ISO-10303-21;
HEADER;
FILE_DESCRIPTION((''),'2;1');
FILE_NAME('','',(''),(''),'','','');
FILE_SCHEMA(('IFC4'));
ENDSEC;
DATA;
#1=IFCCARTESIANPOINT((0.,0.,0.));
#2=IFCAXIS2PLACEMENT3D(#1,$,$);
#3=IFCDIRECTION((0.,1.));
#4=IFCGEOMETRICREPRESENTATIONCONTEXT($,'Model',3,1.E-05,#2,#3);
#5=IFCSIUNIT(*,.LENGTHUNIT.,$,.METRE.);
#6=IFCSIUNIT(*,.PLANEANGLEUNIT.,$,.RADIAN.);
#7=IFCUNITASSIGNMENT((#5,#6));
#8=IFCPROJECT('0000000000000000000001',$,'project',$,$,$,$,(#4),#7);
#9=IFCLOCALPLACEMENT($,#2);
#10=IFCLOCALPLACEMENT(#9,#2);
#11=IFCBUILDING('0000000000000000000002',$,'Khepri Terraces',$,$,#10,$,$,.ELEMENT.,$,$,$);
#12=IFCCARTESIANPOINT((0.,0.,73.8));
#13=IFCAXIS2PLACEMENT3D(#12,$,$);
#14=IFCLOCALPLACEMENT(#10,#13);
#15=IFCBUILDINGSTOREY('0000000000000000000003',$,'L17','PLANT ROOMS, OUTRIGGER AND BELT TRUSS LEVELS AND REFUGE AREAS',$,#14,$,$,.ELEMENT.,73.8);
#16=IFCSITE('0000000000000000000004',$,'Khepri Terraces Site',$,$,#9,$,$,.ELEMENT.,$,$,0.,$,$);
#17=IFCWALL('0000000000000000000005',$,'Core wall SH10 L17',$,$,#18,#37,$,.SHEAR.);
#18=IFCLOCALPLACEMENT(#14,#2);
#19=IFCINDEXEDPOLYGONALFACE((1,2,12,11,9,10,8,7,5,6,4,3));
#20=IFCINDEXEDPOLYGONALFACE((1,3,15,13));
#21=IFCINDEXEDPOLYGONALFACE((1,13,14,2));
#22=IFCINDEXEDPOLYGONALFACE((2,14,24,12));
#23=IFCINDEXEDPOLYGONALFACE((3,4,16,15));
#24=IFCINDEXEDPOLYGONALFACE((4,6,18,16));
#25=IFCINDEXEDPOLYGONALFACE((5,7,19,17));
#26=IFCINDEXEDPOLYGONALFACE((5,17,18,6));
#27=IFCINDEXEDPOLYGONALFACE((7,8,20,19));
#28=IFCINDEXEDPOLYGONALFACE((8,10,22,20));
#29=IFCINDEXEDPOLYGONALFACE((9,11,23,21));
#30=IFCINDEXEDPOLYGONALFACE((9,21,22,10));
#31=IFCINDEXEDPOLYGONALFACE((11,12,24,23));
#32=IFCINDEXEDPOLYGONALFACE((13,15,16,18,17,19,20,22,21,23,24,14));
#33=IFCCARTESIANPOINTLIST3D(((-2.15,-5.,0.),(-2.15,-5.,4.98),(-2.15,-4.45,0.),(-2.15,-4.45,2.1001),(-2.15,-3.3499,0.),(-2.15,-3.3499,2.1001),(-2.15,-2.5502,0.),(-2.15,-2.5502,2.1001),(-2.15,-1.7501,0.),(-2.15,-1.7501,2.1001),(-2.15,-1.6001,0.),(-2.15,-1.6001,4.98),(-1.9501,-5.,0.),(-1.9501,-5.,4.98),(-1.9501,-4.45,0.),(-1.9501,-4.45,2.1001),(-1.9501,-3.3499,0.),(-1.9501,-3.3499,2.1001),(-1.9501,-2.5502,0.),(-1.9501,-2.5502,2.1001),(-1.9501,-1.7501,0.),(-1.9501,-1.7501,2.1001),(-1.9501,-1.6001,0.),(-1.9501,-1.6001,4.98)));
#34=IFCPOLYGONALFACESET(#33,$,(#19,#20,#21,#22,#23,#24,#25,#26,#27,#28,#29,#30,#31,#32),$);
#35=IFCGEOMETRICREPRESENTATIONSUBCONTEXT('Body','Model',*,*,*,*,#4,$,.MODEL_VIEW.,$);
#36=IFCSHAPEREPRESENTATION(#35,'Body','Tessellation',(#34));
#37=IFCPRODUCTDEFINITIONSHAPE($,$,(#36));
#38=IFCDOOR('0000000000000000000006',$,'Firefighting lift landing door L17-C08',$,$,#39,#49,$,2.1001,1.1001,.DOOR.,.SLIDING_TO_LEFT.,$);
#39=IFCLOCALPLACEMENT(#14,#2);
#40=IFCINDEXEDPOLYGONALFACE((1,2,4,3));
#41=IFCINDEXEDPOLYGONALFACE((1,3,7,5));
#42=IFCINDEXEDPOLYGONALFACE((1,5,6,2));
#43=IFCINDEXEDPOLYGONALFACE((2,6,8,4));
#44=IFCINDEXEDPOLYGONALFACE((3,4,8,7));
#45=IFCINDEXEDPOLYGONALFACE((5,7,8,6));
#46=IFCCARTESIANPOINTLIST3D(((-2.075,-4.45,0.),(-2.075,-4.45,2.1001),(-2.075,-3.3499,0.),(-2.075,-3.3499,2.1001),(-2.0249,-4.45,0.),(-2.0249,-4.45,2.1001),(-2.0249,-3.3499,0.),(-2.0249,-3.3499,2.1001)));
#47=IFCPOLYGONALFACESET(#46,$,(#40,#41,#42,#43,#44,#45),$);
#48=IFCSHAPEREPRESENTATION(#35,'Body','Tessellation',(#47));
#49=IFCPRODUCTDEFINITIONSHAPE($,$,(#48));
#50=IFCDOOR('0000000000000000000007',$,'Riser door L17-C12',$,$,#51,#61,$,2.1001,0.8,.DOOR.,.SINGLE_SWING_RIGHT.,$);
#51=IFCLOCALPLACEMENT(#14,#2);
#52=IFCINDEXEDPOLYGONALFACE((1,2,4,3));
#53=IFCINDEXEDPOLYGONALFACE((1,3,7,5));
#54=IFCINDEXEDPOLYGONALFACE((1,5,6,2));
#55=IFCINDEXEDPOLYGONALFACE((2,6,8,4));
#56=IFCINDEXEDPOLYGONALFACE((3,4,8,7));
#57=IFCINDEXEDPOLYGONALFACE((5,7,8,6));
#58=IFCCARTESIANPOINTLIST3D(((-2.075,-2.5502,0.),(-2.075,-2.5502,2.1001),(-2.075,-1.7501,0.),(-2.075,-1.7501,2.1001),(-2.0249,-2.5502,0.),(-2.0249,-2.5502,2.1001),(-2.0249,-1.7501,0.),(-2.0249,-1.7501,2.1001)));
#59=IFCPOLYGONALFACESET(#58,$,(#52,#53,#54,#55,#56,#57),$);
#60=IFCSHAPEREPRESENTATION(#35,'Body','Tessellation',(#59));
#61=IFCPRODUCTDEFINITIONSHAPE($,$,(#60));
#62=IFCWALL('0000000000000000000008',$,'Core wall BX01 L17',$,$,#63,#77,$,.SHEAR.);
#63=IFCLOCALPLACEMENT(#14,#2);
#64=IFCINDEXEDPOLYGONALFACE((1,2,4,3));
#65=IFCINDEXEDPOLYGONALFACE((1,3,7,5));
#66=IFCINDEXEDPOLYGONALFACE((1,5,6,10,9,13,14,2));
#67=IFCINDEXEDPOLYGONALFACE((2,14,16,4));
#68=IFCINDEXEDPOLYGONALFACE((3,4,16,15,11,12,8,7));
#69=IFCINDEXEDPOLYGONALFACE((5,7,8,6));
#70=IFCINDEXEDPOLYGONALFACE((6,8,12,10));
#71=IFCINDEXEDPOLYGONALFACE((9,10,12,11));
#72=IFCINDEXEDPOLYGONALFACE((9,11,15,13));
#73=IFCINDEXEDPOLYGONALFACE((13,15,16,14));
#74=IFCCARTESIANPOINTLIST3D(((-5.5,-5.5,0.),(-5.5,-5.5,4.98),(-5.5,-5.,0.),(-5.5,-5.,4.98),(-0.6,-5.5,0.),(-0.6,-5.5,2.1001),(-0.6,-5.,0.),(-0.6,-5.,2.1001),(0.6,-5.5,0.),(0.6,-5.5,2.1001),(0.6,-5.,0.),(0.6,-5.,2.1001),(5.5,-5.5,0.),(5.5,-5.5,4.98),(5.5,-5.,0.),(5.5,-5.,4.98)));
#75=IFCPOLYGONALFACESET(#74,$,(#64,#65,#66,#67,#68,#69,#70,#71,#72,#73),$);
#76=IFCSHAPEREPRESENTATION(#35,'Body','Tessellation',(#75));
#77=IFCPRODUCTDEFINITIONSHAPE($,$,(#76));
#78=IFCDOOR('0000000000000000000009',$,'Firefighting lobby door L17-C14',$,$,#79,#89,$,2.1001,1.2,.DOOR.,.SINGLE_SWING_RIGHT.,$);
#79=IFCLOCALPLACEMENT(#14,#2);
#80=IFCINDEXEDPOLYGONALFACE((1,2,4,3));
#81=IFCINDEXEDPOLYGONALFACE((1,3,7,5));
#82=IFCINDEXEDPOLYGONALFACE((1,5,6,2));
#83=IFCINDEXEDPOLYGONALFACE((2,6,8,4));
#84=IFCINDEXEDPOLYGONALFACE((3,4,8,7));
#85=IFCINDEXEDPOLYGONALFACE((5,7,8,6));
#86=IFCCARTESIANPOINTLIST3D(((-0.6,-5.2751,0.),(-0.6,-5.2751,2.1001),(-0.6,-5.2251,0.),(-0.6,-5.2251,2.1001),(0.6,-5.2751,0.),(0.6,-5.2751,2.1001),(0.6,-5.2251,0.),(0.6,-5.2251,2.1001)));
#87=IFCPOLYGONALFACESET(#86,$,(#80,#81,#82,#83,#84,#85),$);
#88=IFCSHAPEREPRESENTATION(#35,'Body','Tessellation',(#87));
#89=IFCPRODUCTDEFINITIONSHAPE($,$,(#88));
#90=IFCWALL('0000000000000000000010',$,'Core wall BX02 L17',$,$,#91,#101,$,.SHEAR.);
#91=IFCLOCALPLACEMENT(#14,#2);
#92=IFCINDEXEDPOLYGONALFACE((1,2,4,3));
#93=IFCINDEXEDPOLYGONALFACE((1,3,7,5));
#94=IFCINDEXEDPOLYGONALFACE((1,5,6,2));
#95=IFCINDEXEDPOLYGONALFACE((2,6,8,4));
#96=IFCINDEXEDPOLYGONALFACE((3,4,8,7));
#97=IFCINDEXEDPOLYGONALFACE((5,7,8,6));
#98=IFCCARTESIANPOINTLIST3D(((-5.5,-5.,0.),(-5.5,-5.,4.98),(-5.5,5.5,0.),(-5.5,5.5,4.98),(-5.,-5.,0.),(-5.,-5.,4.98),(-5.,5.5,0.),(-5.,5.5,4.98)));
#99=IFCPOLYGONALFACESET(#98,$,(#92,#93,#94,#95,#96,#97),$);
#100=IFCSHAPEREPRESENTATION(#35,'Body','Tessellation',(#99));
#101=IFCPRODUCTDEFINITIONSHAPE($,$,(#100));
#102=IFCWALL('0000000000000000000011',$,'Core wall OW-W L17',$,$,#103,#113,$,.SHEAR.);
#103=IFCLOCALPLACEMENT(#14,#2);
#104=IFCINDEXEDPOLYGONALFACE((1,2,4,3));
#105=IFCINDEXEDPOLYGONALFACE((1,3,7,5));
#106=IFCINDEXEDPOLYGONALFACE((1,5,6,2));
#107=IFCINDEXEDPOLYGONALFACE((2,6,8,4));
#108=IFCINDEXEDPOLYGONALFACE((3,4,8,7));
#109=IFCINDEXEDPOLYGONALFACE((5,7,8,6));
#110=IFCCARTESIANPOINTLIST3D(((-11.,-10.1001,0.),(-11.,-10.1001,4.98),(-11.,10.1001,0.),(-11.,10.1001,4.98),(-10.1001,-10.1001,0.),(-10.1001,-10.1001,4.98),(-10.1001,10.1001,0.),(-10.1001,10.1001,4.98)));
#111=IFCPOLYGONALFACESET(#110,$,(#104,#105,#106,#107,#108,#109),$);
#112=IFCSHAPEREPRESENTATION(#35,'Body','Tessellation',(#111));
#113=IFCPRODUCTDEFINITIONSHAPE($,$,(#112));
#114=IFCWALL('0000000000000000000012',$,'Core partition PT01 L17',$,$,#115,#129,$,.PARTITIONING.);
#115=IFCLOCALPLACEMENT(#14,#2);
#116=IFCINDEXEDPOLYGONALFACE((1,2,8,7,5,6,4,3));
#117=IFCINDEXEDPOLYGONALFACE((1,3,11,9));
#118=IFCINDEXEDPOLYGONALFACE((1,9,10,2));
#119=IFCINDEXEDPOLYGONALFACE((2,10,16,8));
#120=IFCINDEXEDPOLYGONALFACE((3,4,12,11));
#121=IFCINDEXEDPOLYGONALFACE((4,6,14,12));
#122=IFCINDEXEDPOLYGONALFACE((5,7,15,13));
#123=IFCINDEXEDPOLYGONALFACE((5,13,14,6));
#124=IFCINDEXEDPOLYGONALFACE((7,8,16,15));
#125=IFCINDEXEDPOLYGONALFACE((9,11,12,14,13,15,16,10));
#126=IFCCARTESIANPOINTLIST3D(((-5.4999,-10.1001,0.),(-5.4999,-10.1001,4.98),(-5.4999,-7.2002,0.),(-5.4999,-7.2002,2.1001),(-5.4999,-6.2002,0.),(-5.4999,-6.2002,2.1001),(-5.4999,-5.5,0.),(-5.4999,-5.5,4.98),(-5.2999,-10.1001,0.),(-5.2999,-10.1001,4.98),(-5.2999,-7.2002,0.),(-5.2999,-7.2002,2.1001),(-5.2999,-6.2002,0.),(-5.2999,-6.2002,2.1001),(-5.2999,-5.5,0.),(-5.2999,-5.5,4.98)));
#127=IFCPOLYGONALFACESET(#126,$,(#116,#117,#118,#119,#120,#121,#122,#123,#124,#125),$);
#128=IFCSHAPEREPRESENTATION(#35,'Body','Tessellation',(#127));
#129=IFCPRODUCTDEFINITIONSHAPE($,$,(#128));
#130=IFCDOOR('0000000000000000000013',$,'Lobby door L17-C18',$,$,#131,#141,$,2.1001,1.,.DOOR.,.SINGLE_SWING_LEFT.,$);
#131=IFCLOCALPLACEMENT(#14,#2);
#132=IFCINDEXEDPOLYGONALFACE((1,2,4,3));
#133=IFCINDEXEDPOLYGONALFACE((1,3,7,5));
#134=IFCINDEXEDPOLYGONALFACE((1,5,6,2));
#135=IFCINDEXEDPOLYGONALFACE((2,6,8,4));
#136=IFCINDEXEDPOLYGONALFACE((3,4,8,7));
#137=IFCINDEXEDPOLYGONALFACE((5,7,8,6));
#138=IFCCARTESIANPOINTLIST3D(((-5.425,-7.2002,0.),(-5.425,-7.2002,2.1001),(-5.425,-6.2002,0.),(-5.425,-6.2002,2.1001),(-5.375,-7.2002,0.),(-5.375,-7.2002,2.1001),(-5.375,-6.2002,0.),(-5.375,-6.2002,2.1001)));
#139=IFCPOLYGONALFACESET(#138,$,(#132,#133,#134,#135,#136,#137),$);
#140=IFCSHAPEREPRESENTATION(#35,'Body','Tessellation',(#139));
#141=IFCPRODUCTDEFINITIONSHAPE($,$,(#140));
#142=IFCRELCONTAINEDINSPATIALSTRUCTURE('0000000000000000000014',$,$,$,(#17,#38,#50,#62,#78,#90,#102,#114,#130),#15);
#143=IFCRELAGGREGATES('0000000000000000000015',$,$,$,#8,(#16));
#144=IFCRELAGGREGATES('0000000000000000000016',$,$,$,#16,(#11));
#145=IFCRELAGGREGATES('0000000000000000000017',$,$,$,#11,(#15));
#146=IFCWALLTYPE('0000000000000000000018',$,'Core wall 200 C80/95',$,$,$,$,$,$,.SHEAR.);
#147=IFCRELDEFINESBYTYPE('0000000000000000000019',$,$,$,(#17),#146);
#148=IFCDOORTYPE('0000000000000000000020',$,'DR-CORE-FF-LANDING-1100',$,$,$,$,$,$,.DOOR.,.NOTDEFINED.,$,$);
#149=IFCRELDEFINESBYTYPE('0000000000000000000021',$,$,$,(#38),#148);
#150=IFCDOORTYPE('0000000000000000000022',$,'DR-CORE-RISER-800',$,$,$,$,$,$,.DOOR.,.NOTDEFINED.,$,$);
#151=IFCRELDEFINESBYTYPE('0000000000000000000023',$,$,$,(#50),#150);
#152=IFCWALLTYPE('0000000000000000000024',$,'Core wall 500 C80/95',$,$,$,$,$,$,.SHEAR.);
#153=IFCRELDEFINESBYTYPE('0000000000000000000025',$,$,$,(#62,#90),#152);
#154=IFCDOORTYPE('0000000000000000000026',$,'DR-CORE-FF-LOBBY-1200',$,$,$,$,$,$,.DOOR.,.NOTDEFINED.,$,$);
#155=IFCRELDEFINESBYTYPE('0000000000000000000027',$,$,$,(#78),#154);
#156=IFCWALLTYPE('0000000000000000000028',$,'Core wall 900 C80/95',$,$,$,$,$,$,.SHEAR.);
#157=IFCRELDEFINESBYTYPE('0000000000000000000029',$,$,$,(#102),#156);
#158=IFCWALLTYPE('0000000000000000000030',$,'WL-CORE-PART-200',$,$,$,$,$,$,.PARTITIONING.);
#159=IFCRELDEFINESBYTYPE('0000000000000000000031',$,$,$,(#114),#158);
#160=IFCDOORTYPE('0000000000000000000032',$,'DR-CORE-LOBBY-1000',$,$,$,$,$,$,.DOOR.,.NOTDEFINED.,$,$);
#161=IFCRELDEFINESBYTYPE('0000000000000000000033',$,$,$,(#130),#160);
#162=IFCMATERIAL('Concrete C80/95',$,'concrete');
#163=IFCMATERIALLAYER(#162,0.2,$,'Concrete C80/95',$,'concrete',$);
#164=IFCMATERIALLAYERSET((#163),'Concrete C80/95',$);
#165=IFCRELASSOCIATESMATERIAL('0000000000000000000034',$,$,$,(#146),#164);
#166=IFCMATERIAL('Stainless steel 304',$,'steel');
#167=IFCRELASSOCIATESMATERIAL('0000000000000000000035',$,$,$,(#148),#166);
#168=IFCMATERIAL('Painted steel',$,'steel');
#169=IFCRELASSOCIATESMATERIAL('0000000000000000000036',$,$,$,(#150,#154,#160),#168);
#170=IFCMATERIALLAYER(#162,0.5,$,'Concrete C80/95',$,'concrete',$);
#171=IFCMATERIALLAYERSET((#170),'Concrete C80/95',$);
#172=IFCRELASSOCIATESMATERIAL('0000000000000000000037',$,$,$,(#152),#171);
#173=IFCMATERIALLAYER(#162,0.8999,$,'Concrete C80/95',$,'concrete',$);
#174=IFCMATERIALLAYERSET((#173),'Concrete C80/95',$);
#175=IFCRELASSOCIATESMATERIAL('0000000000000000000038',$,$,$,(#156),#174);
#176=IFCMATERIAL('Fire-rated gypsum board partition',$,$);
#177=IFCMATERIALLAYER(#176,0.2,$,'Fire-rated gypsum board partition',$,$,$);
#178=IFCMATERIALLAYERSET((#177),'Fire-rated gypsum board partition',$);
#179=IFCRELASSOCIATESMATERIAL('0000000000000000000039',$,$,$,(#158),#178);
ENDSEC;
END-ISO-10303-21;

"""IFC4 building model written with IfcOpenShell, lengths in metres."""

from ifc_helpers import new_model, si_unit, direction, frame, frame_2d, origin, place, context, subcontext, project, spatial, rectangle, extrude, material, layer, layer_set, type_object, element, fill, save


model = new_model("IFC4")

# Units and contexts
model_context = context("Model", 3, precision=1e-05, world=origin(), true_north=direction((0.0, 1.0)))
body_context = subcontext(model_context, "Body", "Model", "MODEL_VIEW")
ifc_project = project(units=[si_unit("LENGTHUNIT", "METRE"), si_unit("PLANEANGLEUNIT", "RADIAN")], contexts=[model_context])

# Site, building, storey
site_placement = place(None, origin())
site = spatial("IfcSite", under=ifc_project, at=site_placement, Name="Khepri Terraces Site", CompositionType="ELEMENT", RefElevation=0.0)
building_placement = place(site_placement, origin())
building = spatial("IfcBuilding", under=site, at=building_placement, Name="Khepri Terraces", CompositionType="ELEMENT")
storey_placement = place(building_placement, frame((0.0, 0.0, 73.8)))
storey = spatial("IfcBuildingStorey", under=building, at=storey_placement, Name="L17", Description="PLANT ROOMS, OUTRIGGER AND BELT TRUSS LEVELS AND REFUGE AREAS", CompositionType="ELEMENT", Elevation=73.8)

# Shared definitions
ifc_material_1 = material(Name="Concrete C80/95", Category="concrete")
ifc_layer_1 = layer(ifc_material_1, 0.2, Name="Concrete C80/95", Category="concrete")
ifc_layer_set_1 = layer_set([ifc_layer_1], Name="Concrete C80/95")
wall_type_1 = type_object("IfcWallType", Name="Core wall 200 C80/95", PredefinedType="SHEAR", material=ifc_layer_set_1)

# Shared definitions
ifc_material_2 = material(Name="Stainless steel 304", Category="steel")

# Wall, openings, doors
wall_1_placement = place(storey_placement, frame((-2.05, -5.0, 0.0), z_axis=(0.0, 0.0, 1.0), x_axis=(0.0, 1.0, 0.0)))
wall_1 = element("IfcWall", 1, at=wall_1_placement, inside=storey, type_object=wall_type_1, Name="Core wall SH10 L17", PredefinedType="SHEAR", context=body_context, shape_type="SweptSolid", body=[
    extrude(rectangle(XDim=3.3999, YDim=0.2, at=frame_2d((1.7, 0.0))), origin(), (0.0, 0.0, 1.0), 4.98),
])
opening_1_placement = place(wall_1_placement, frame((0.55, 0.0, 0.0)))
opening_1 = element("IfcOpeningElement", 2, at=opening_1_placement, cuts=wall_1, PredefinedType="OPENING", context=body_context, shape_type="SweptSolid", body=[
    extrude(rectangle(XDim=1.1001, YDim=2.1001, at=frame_2d((0.55, 1.05))), frame((0.0, 0.1099, 0.0), z_axis=(0.0, -1.0, 0.0), x_axis=(1.0, 0.0, 0.0)), (0.0, 0.0, 1.0), 0.22),
])
opening_2_placement = place(wall_1_placement, frame((2.45, 0.0, 0.0)))
opening_2 = element("IfcOpeningElement", 3, at=opening_2_placement, cuts=wall_1, PredefinedType="OPENING", context=body_context, shape_type="SweptSolid", body=[
    extrude(rectangle(XDim=0.8, YDim=2.1001, at=frame_2d((0.3999, 1.05))), frame((0.0, 0.1099, 0.0), z_axis=(0.0, -1.0, 0.0), x_axis=(1.0, 0.0, 0.0)), (0.0, 0.0, 1.0), 0.22),
])
door_type_1 = type_object("IfcDoorType", Name="DR-CORE-FF-LANDING-1100", OperationType="NOTDEFINED", PredefinedType="DOOR", material=ifc_material_2)
door_1_placement = place(opening_1_placement, origin())
door_1 = element("IfcDoor", 4, at=door_1_placement, inside=storey, type_object=door_type_1, Name="Firefighting lift landing door L17-C08", OperationType="SLIDING_TO_LEFT", OverallHeight=2.1001, OverallWidth=1.1001, PredefinedType="DOOR", context=body_context, shape_type="SweptSolid", body=[
    extrude(rectangle(XDim=1.1001, YDim=2.1001, at=frame_2d((0.55, 1.05))), frame((0.0, 0.0249, 0.0), z_axis=(0.0, -1.0, 0.0), x_axis=(1.0, 0.0, 0.0)), (0.0, 0.0, 1.0), 0.05),
])
fill(opening_1, door_1)
ifc_material_3 = material(Name="Painted steel", Category="steel")
door_type_2 = type_object("IfcDoorType", Name="DR-CORE-RISER-800", OperationType="NOTDEFINED", PredefinedType="DOOR", material=ifc_material_3)
door_2_placement = place(opening_2_placement, origin())
door_2 = element("IfcDoor", 5, at=door_2_placement, inside=storey, type_object=door_type_2, Name="Riser door L17-C12", OperationType="SINGLE_SWING_RIGHT", OverallHeight=2.1001, OverallWidth=0.8, PredefinedType="DOOR", context=body_context, shape_type="SweptSolid", body=[
    extrude(rectangle(XDim=0.8, YDim=2.1001, at=frame_2d((0.3999, 1.05))), frame((0.0, 0.0249, 0.0), z_axis=(0.0, -1.0, 0.0), x_axis=(1.0, 0.0, 0.0)), (0.0, 0.0, 1.0), 0.05),
])
fill(opening_2, door_2)

# Wall, opening, door
ifc_layer_2 = layer(ifc_material_1, 0.5, Name="Concrete C80/95", Category="concrete")
ifc_layer_set_2 = layer_set([ifc_layer_2], Name="Concrete C80/95")
wall_type_2 = type_object("IfcWallType", Name="Core wall 500 C80/95", PredefinedType="SHEAR", material=ifc_layer_set_2)
wall_2_placement = place(storey_placement, frame((-5.5, -5.25, 0.0), z_axis=(0.0, 0.0, 1.0), x_axis=(1.0, 0.0, 0.0)))
wall_2 = element("IfcWall", 6, at=wall_2_placement, inside=storey, type_object=wall_type_2, Name="Core wall BX01 L17", PredefinedType="SHEAR", context=body_context, shape_type="SweptSolid", body=[
    extrude(rectangle(XDim=11.0, YDim=0.5, at=frame_2d((5.5, 0.0))), origin(), (0.0, 0.0, 1.0), 4.98),
])
opening_3_placement = place(wall_2_placement, frame((4.8999, 0.0, 0.0)))
opening_3 = element("IfcOpeningElement", 7, at=opening_3_placement, cuts=wall_2, PredefinedType="OPENING", context=body_context, shape_type="SweptSolid", body=[
    extrude(rectangle(XDim=1.2, YDim=2.1001, at=frame_2d((0.6001, 1.05))), frame((0.0, 0.26, 0.0), z_axis=(0.0, -1.0, 0.0), x_axis=(1.0, 0.0, 0.0)), (0.0, 0.0, 1.0), 0.52),
])
door_type_3 = type_object("IfcDoorType", Name="DR-CORE-FF-LOBBY-1200", OperationType="NOTDEFINED", PredefinedType="DOOR", material=ifc_material_3)
door_3_placement = place(opening_3_placement, origin())
door_3 = element("IfcDoor", 8, at=door_3_placement, inside=storey, type_object=door_type_3, Name="Firefighting lobby door L17-C14", OperationType="SINGLE_SWING_RIGHT", OverallHeight=2.1001, OverallWidth=1.2, PredefinedType="DOOR", context=body_context, shape_type="SweptSolid", body=[
    extrude(rectangle(XDim=1.2, YDim=2.1001, at=frame_2d((0.6001, 1.05))), frame((0.0, 0.0249, 0.0), z_axis=(0.0, -1.0, 0.0), x_axis=(1.0, 0.0, 0.0)), (0.0, 0.0, 1.0), 0.05),
])
fill(opening_3, door_3)

# Walls
wall_3_placement = place(storey_placement, frame((-5.25, -5.0, 0.0), z_axis=(0.0, 0.0, 1.0), x_axis=(0.0, 1.0, 0.0)))
element("IfcWall", 9, at=wall_3_placement, inside=storey, type_object=wall_type_2, Name="Core wall BX02 L17", PredefinedType="SHEAR", context=body_context, shape_type="SweptSolid", body=[
    extrude(rectangle(XDim=10.5, YDim=0.5, at=frame_2d((5.25, 0.0))), origin(), (0.0, 0.0, 1.0), 4.98),
])
ifc_layer_3 = layer(ifc_material_1, 0.8999, Name="Concrete C80/95", Category="concrete")
ifc_layer_set_3 = layer_set([ifc_layer_3], Name="Concrete C80/95")
wall_type_3 = type_object("IfcWallType", Name="Core wall 900 C80/95", PredefinedType="SHEAR", material=ifc_layer_set_3)
wall_4_placement = place(storey_placement, frame((-10.55, -10.1001, 0.0), z_axis=(0.0, 0.0, 1.0), x_axis=(0.0, 1.0, 0.0)))
element("IfcWall", 10, at=wall_4_placement, inside=storey, type_object=wall_type_3, Name="Core wall OW-W L17", PredefinedType="SHEAR", context=body_context, shape_type="SweptSolid", body=[
    extrude(rectangle(XDim=20.2002, YDim=0.8999, at=frame_2d((10.1001, 0.0))), origin(), (0.0, 0.0, 1.0), 4.98),
])

# Wall, opening, door
ifc_material_4 = material(Name="Fire-rated gypsum board partition")
ifc_layer_4 = layer(ifc_material_4, 0.2, Name="Fire-rated gypsum board partition")
ifc_layer_set_4 = layer_set([ifc_layer_4], Name="Fire-rated gypsum board partition")
wall_type_4 = type_object("IfcWallType", Name="WL-CORE-PART-200", PredefinedType="PARTITIONING", material=ifc_layer_set_4)
wall_5_placement = place(storey_placement, frame((-5.3999, -10.1001, 0.0), z_axis=(0.0, 0.0, 1.0), x_axis=(0.0, 1.0, 0.0)))
wall_5 = element("IfcWall", 11, at=wall_5_placement, inside=storey, type_object=wall_type_4, Name="Core partition PT01 L17", PredefinedType="PARTITIONING", context=body_context, shape_type="SweptSolid", body=[
    extrude(rectangle(XDim=4.6001, YDim=0.2, at=frame_2d((2.3, 0.0))), origin(), (0.0, 0.0, 1.0), 4.98),
])
opening_4_placement = place(wall_5_placement, frame((2.8999, 0.0, 0.0)))
opening_4 = element("IfcOpeningElement", 12, at=opening_4_placement, cuts=wall_5, PredefinedType="OPENING", context=body_context, shape_type="SweptSolid", body=[
    extrude(rectangle(XDim=1.0, YDim=2.1001, at=frame_2d((0.5, 1.05))), frame((0.0, 0.1099, 0.0), z_axis=(0.0, -1.0, 0.0), x_axis=(1.0, 0.0, 0.0)), (0.0, 0.0, 1.0), 0.22),
])
door_type_4 = type_object("IfcDoorType", Name="DR-CORE-LOBBY-1000", OperationType="NOTDEFINED", PredefinedType="DOOR", material=ifc_material_3)
door_4_placement = place(opening_4_placement, frame((1.0, 0.0, 0.0), z_axis=(0.0, 0.0, 1.0), x_axis=(-1.0, 0.0, 0.0)))
door_4 = element("IfcDoor", 13, at=door_4_placement, inside=storey, type_object=door_type_4, Name="Lobby door L17-C18", OperationType="SINGLE_SWING_LEFT", OverallHeight=2.1001, OverallWidth=1.0, PredefinedType="DOOR", context=body_context, shape_type="SweptSolid", body=[
    extrude(rectangle(XDim=1.0, YDim=2.1001, at=frame_2d((0.5, 1.05))), frame((0.0, 0.0249, 0.0), z_axis=(0.0, -1.0, 0.0), x_axis=(1.0, 0.0, 0.0)), (0.0, 0.0, 1.0), 0.05),
])
fill(opening_4, door_4)

save(model, "model.ifc")
